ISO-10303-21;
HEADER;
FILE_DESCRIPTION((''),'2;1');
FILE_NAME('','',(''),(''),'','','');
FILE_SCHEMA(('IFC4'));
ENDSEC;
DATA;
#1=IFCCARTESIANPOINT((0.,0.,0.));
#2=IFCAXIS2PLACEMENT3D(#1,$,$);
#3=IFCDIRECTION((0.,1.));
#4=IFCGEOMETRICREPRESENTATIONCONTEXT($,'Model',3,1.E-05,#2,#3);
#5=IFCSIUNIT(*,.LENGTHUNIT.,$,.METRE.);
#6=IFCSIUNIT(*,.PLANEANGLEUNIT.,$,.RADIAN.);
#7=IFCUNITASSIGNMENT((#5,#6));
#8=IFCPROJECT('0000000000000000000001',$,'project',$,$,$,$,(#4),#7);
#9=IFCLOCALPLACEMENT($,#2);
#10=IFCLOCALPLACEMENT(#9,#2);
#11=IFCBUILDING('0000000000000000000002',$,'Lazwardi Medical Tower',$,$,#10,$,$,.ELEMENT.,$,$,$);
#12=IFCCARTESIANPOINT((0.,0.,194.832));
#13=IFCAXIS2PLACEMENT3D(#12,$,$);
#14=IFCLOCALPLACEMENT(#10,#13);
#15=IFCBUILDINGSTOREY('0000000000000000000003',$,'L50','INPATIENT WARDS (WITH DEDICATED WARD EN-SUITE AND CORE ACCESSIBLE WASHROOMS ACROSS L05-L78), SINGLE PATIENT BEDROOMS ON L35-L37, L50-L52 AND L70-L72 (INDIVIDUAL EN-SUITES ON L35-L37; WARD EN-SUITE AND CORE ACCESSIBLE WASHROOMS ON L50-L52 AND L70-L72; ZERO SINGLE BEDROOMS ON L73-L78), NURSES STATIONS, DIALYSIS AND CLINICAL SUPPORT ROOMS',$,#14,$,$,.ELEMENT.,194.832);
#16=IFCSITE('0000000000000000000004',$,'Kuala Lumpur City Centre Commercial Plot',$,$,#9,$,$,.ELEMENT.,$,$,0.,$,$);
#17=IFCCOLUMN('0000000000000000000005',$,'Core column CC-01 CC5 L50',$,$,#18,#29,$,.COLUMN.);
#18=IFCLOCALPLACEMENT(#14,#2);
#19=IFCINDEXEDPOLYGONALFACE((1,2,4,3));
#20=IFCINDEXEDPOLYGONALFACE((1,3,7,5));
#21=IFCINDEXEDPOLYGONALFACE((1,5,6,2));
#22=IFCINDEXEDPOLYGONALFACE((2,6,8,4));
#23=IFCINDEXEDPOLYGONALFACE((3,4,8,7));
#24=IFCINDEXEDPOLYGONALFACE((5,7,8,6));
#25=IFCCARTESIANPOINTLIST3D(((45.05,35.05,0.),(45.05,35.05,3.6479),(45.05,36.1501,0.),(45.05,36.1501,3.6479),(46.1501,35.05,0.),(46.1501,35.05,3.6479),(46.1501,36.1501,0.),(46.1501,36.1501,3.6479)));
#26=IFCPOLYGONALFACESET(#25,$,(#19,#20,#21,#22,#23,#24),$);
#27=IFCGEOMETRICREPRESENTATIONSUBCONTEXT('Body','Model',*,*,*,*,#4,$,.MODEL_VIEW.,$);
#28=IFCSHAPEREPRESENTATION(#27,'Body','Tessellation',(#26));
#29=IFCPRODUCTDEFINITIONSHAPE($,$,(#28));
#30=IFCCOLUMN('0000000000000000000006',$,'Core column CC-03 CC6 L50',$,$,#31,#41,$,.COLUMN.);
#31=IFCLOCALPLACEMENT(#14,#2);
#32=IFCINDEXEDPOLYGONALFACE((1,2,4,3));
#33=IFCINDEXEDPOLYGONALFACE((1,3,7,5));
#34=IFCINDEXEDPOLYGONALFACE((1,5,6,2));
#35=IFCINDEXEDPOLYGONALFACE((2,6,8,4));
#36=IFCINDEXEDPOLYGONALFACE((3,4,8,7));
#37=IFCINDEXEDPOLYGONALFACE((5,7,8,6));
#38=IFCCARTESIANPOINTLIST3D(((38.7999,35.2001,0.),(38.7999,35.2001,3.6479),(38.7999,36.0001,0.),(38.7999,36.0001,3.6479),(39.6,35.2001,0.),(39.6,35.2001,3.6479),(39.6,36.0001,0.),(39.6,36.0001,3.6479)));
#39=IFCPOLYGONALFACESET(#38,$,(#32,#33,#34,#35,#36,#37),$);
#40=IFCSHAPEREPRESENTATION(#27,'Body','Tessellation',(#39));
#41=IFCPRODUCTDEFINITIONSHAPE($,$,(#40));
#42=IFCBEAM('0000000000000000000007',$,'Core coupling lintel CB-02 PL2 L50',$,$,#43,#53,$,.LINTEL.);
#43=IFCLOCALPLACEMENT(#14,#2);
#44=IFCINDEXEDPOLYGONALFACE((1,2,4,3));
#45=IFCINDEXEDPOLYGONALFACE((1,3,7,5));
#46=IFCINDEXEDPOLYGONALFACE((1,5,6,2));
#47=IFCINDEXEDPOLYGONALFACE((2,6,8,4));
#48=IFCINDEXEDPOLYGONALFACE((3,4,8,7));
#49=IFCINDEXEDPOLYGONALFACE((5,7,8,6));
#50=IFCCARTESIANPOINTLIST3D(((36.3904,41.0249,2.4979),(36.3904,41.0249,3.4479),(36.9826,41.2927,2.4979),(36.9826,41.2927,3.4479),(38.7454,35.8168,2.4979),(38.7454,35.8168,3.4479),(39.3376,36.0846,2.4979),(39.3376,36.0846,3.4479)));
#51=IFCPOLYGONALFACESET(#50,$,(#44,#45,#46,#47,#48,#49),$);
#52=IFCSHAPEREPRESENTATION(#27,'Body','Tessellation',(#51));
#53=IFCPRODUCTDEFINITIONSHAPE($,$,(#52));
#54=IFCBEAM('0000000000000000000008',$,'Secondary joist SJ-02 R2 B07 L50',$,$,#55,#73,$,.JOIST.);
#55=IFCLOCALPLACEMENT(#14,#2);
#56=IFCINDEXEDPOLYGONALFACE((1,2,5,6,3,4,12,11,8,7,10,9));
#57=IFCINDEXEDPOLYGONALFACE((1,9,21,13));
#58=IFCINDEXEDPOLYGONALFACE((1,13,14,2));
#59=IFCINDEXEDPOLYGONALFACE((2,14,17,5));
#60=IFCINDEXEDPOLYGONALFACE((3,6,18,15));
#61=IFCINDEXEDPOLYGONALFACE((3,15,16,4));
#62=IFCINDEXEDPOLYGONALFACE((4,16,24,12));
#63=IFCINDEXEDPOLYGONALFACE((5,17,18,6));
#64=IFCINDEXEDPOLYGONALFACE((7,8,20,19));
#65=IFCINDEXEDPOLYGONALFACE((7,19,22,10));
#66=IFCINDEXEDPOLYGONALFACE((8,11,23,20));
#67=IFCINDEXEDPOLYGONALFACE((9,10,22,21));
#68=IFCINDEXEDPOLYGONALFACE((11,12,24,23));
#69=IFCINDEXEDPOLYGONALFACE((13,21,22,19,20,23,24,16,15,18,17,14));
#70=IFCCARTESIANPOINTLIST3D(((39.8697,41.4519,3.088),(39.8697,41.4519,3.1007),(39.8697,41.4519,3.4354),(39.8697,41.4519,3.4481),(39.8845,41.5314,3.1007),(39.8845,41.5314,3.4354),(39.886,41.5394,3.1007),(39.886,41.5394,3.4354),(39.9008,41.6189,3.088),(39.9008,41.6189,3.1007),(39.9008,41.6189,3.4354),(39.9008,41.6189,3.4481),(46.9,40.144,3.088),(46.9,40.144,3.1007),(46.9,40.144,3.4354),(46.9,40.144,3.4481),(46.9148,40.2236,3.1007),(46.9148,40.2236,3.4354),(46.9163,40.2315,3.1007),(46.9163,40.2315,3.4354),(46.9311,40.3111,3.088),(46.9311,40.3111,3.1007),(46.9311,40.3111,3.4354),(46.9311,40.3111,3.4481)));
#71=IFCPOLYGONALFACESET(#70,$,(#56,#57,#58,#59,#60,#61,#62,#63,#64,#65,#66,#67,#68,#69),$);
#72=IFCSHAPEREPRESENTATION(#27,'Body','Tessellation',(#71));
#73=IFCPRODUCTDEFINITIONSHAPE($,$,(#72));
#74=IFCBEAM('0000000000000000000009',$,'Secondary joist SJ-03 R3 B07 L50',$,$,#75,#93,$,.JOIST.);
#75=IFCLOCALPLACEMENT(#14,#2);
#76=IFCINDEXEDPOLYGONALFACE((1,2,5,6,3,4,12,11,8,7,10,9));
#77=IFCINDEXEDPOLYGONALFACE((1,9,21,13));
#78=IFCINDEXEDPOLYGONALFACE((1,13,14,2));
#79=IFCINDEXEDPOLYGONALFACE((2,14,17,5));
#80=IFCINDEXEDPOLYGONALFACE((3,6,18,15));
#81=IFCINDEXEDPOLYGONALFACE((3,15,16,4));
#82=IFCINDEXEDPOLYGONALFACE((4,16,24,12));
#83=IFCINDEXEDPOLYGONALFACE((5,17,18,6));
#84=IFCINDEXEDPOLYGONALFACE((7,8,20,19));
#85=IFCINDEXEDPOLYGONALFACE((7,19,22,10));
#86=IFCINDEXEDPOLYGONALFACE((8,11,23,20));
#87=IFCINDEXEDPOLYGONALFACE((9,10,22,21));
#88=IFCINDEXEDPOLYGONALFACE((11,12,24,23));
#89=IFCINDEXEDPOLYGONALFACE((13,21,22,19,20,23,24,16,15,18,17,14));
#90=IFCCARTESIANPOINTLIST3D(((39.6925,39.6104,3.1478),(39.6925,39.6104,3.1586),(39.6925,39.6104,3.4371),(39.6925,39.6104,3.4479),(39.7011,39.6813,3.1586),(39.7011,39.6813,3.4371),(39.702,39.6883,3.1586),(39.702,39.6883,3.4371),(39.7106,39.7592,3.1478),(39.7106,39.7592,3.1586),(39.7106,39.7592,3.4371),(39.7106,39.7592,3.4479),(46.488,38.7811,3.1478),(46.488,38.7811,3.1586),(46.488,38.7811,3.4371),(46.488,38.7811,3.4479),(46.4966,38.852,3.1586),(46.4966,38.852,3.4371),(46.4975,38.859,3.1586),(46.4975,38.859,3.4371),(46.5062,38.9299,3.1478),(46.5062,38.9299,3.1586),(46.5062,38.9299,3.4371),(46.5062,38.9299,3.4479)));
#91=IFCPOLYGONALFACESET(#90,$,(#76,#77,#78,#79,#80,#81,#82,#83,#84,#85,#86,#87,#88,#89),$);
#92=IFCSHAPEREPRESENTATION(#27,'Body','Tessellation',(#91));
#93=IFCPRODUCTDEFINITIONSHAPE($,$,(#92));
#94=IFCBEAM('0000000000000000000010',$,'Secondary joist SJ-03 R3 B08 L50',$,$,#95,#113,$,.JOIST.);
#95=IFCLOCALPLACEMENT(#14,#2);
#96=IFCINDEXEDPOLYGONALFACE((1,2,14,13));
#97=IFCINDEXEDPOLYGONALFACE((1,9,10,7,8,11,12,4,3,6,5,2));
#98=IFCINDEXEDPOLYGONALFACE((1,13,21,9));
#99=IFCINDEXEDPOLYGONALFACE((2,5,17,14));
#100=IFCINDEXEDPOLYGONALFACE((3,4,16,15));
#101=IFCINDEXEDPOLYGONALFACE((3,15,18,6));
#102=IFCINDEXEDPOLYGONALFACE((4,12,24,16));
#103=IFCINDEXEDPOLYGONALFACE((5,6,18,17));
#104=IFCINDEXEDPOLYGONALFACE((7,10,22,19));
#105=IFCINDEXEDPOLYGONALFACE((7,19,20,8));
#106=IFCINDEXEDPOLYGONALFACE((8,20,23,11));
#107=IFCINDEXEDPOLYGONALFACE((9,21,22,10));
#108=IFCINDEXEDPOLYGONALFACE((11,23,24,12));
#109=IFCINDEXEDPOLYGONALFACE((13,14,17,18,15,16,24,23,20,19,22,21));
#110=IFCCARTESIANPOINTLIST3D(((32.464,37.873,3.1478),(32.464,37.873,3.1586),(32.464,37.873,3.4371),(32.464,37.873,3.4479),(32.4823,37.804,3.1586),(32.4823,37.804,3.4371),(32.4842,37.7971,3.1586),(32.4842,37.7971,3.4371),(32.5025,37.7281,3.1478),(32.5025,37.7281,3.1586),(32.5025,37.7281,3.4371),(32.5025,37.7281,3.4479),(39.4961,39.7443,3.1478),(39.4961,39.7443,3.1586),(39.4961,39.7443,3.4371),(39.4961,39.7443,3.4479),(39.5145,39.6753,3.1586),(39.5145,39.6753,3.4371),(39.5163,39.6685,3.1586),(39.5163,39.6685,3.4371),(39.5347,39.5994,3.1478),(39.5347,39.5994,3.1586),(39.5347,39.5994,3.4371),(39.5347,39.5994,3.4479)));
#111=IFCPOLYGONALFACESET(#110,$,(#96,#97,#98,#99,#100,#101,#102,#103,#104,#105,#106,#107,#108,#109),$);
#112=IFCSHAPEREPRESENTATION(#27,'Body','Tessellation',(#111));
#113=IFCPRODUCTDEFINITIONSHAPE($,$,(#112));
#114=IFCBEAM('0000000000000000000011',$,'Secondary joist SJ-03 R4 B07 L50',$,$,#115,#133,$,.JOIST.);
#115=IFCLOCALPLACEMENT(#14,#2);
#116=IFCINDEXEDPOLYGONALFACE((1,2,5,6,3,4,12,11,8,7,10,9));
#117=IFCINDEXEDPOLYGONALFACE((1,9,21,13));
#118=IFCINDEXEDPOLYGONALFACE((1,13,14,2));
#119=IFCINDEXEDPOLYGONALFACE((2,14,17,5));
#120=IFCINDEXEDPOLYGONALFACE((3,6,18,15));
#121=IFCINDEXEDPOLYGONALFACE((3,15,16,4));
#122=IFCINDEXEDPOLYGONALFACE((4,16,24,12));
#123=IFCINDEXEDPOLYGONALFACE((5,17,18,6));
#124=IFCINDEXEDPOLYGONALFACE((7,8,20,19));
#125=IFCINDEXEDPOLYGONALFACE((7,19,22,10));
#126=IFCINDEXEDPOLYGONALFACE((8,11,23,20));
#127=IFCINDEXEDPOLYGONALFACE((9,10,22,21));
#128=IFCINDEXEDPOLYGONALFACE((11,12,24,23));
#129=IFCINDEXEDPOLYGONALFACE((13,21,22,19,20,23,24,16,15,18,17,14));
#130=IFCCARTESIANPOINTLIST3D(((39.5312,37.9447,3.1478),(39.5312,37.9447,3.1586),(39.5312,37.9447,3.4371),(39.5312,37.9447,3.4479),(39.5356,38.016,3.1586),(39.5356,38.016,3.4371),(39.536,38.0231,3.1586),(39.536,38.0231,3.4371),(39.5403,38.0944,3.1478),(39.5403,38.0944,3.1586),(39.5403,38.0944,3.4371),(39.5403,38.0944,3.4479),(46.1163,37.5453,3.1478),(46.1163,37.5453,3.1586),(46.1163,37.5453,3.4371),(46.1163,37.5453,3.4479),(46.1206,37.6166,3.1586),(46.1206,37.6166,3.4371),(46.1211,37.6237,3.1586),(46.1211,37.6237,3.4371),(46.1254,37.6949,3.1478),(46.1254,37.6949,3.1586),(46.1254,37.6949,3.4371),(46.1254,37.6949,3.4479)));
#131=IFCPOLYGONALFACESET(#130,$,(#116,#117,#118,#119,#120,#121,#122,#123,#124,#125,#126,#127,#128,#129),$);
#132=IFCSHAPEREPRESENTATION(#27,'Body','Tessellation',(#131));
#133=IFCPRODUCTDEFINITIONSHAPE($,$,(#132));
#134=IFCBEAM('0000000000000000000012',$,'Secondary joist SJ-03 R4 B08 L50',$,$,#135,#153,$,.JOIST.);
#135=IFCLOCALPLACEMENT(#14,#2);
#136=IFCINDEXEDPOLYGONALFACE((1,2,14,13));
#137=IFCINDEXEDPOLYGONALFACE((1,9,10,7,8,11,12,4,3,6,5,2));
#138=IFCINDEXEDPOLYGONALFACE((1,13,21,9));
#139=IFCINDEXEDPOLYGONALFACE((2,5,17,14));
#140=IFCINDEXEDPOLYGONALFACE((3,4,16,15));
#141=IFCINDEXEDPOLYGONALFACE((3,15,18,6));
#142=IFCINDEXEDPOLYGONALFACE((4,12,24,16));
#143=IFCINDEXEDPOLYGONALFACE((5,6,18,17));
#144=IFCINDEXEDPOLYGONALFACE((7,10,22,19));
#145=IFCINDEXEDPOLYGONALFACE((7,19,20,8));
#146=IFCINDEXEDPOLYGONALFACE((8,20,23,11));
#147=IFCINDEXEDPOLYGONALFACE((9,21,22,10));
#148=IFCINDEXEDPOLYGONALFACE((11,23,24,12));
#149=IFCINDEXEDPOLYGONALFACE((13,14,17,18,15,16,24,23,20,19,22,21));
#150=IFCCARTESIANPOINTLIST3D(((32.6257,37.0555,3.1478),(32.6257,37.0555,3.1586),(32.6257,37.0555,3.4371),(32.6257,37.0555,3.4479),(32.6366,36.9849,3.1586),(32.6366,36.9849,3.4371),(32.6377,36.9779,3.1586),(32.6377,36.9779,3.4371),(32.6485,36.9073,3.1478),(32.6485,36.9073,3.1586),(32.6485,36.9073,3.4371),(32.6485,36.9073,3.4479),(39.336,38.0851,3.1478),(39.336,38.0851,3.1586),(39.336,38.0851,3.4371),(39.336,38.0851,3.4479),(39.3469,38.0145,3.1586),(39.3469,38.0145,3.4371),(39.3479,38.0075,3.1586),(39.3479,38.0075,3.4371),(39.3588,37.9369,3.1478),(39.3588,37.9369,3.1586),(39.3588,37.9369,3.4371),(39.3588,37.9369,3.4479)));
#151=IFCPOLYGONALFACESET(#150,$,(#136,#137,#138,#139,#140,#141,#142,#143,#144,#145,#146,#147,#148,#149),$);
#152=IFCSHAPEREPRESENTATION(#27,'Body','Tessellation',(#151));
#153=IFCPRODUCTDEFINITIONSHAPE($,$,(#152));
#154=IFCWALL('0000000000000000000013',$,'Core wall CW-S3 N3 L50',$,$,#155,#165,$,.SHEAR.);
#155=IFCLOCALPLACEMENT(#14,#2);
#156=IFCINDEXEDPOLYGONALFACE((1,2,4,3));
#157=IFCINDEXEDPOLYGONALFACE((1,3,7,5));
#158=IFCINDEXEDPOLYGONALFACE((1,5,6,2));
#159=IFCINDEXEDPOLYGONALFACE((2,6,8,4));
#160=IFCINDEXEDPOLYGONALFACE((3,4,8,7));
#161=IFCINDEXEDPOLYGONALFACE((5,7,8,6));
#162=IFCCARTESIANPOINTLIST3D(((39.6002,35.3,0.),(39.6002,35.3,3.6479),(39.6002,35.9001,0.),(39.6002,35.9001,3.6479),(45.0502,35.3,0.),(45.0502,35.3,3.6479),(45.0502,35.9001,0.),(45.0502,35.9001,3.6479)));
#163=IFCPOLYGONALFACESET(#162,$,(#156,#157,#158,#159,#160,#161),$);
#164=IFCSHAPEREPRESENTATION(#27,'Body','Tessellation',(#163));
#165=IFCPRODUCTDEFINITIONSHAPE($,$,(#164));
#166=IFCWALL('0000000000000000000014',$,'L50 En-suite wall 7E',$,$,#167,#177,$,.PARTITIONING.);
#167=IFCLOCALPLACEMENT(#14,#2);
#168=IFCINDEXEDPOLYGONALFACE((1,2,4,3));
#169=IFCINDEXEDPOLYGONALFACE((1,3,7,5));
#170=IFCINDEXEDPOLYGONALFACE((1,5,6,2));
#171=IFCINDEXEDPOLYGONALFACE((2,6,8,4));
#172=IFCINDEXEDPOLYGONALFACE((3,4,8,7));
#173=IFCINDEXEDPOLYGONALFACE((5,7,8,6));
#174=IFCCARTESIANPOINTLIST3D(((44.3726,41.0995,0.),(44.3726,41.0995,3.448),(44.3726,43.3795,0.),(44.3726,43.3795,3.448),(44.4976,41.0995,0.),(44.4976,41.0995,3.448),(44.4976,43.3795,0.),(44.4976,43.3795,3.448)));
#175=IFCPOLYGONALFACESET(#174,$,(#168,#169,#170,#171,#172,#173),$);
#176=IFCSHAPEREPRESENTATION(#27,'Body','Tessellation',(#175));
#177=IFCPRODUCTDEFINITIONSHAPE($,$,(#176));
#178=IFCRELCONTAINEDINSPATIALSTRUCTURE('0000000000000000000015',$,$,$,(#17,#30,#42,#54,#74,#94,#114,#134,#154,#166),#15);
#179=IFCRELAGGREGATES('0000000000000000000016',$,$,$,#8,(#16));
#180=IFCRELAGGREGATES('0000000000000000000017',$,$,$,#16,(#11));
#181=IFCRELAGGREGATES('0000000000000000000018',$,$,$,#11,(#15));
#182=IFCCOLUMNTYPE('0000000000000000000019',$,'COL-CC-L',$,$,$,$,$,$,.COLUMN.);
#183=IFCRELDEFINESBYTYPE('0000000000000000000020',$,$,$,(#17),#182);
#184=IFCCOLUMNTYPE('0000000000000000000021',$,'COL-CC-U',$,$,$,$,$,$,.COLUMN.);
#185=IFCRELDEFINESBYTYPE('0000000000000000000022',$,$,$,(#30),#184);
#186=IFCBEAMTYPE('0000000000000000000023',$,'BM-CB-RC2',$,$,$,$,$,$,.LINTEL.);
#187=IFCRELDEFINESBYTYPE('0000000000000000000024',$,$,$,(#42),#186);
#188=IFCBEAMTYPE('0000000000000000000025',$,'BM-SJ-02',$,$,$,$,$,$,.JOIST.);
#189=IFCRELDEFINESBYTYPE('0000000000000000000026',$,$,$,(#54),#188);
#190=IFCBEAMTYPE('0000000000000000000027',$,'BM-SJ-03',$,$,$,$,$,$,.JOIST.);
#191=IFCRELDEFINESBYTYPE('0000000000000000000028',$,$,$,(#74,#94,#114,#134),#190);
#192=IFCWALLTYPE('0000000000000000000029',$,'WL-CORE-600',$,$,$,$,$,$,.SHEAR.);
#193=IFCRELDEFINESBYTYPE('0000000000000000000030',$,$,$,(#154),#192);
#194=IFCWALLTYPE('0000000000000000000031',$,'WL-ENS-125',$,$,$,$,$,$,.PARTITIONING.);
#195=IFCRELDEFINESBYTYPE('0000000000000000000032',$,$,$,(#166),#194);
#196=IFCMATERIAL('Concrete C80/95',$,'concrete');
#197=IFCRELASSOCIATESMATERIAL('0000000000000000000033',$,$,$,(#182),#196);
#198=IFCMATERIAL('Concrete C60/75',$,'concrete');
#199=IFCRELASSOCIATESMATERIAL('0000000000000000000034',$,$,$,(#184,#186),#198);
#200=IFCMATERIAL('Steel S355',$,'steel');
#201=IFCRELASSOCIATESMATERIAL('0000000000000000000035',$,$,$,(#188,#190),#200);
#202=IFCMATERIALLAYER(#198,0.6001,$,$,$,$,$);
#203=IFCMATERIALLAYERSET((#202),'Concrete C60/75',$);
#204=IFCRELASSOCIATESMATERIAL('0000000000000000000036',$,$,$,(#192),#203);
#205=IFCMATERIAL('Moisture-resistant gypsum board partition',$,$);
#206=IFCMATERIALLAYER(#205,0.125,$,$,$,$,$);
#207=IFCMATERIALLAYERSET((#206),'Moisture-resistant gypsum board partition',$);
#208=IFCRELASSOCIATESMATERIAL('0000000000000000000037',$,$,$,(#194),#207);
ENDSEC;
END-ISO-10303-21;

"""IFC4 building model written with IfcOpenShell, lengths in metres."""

from ifc_helpers import new_model, si_unit, direction, frame, frame_2d, origin, origin_2d, place, context, subcontext, project, spatial, rectangle, i_section, extrude, material, layer, layer_set, material_profile, profile_set, type_object, element, save


model = new_model("IFC4")

# Units and contexts
model_context = context("Model", 3, precision=1e-05, world=origin(), true_north=direction((0.0, 1.0)))
body_context = subcontext(model_context, "Body", "Model", "MODEL_VIEW")
ifc_project = project(units=[si_unit("LENGTHUNIT", "METRE"), si_unit("PLANEANGLEUNIT", "RADIAN")], contexts=[model_context])

# Site, building, storey
site_placement = place(None, origin())
site = spatial("IfcSite", under=ifc_project, at=site_placement, Name="Kuala Lumpur City Centre Commercial Plot", CompositionType="ELEMENT", RefElevation=0.0)
building_placement = place(site_placement, origin())
building = spatial("IfcBuilding", under=site, at=building_placement, Name="Lazwardi Medical Tower", CompositionType="ELEMENT")
storey_placement = place(building_placement, frame((0.0, 0.0, 194.832)))
storey = spatial("IfcBuildingStorey", under=building, at=storey_placement, Name="L50", Description="INPATIENT WARDS (WITH DEDICATED WARD EN-SUITE AND CORE ACCESSIBLE WASHROOMS ACROSS L05-L78), SINGLE PATIENT BEDROOMS ON L35-L37, L50-L52 AND L70-L72 (INDIVIDUAL EN-SUITES ON L35-L37; WARD EN-SUITE AND CORE ACCESSIBLE WASHROOMS ON L50-L52 AND L70-L72; ZERO SINGLE BEDROOMS ON L73-L78), NURSES STATIONS, DIALYSIS AND CLINICAL SUPPORT ROOMS", CompositionType="ELEMENT", Elevation=194.832)

# Columns
ifc_material_1 = material(Name="Concrete C80/95", Category="concrete")
ifc_material_profile_1 = material_profile(ifc_material_1, rectangle(XDim=1.1001, YDim=1.1001, at=origin_2d()), Name="RC 1100x1100")
ifc_profile_set_1 = profile_set([ifc_material_profile_1], Name="Concrete C80/95")
column_type_1 = type_object("IfcColumnType", Name="COL-CC-L", PredefinedType="COLUMN", material=ifc_profile_set_1)
column_1_placement = place(storey_placement, frame((45.6001, 35.6001, 0.0), z_axis=(0.0, 0.0, 1.0), x_axis=(1.0, 0.0, 0.0)))
element("IfcColumn", 1, at=column_1_placement, inside=storey, type_object=column_type_1, Name="Core column CC-01 CC5 L50", PredefinedType="COLUMN", context=body_context, shape_type="SweptSolid", body=[
    extrude(rectangle(XDim=1.1001, YDim=1.1001, at=origin_2d()), origin(), (0.0, 0.0, 1.0), 3.6479),
])
ifc_material_2 = material(Name="Concrete C60/75", Category="concrete")
ifc_material_profile_2 = material_profile(ifc_material_2, rectangle(XDim=0.8, YDim=0.8, at=origin_2d()), Name="RC 800x800")
ifc_profile_set_2 = profile_set([ifc_material_profile_2], Name="Concrete C60/75")
column_type_2 = type_object("IfcColumnType", Name="COL-CC-U", PredefinedType="COLUMN", material=ifc_profile_set_2)
column_2_placement = place(storey_placement, frame((39.2, 35.6001, 0.0), z_axis=(0.0, 0.0, 1.0), x_axis=(1.0, 0.0, 0.0)))
element("IfcColumn", 2, at=column_2_placement, inside=storey, type_object=column_type_2, Name="Core column CC-03 CC6 L50", PredefinedType="COLUMN", context=body_context, shape_type="SweptSolid", body=[
    extrude(rectangle(XDim=0.8, YDim=0.8, at=origin_2d()), origin(), (0.0, 0.0, 1.0), 3.6479),
])

# Beams
ifc_material_profile_3 = material_profile(ifc_material_2, rectangle(XDim=0.6499, YDim=0.95, at=origin_2d()), Name="RC 650x950")
ifc_profile_set_3 = profile_set([ifc_material_profile_3], Name="Concrete C60/75")
beam_type_1 = type_object("IfcBeamType", Name="BM-CB-RC2", PredefinedType="LINTEL", material=ifc_profile_set_3)
beam_1_placement = place(storey_placement, frame((39.0415, 35.9507, 2.9729), z_axis=(-0.412019, 0.911175, 0.0), x_axis=(-0.911175, -0.412019, 0.0)))
element("IfcBeam", 3, at=beam_1_placement, inside=storey, type_object=beam_type_1, Name="Core coupling lintel CB-02 PL2 L50", PredefinedType="LINTEL", context=body_context, shape_type="SweptSolid", body=[
    extrude(rectangle(XDim=0.6499, YDim=0.95, at=origin_2d()), origin(), (0.0, 0.0, 1.0), 5.7158),
])
ifc_material_3 = material(Name="Steel S355", Category="steel")
ifc_material_profile_4 = material_profile(ifc_material_3, i_section(OverallWidth=0.1699, OverallDepth=0.3601, WebThickness=0.0081, FlangeThickness=0.0127, at=origin_2d()), Name="IPE 360")
ifc_profile_set_4 = profile_set([ifc_material_profile_4], Name="Steel S355")
beam_type_2 = type_object("IfcBeamType", Name="BM-SJ-02", PredefinedType="JOIST", material=ifc_profile_set_4)
beam_2_placement = place(storey_placement, frame((46.9155, 40.2275, 3.2681), z_axis=(-0.983132, 0.182895, 0.0), x_axis=(-0.182895, -0.983132, 0.0)))
element("IfcBeam", 4, at=beam_2_placement, inside=storey, type_object=beam_type_2, Name="Secondary joist SJ-02 R2 B07 L50", PredefinedType="JOIST", context=body_context, shape_type="SweptSolid", body=[
    extrude(i_section(OverallWidth=0.1699, OverallDepth=0.3601, WebThickness=0.0081, FlangeThickness=0.0127, at=origin_2d()), origin(), (0.0, 0.0, 1.0), 7.1509),
])
ifc_material_profile_5 = material_profile(ifc_material_3, i_section(OverallWidth=0.1499, OverallDepth=0.3, WebThickness=0.0071, FlangeThickness=0.0107, at=origin_2d()), Name="IPE 300")
ifc_profile_set_5 = profile_set([ifc_material_profile_5], Name="Steel S355")
beam_type_3 = type_object("IfcBeamType", Name="BM-SJ-03", PredefinedType="JOIST", material=ifc_profile_set_5)
beam_3_placement = place(storey_placement, frame((46.4971, 38.8555, 3.2979), z_axis=(-0.992635, 0.121146, 0.0), x_axis=(-0.121146, -0.992635, 0.0)))
element("IfcBeam", 5, at=beam_3_placement, inside=storey, type_object=beam_type_3, Name="Secondary joist SJ-03 R3 B07 L50", PredefinedType="JOIST", context=body_context, shape_type="SweptSolid", body=[
    extrude(i_section(OverallWidth=0.1499, OverallDepth=0.3, WebThickness=0.0071, FlangeThickness=0.0107, at=origin_2d()), origin(), (0.0, 0.0, 1.0), 6.8459),
])
beam_4_placement = place(storey_placement, frame((39.5154, 39.6719, 3.2979), z_axis=(-0.966369, -0.257159, 0.0), x_axis=(0.257159, -0.966369, 0.0)))
element("IfcBeam", 6, at=beam_4_placement, inside=storey, type_object=beam_type_3, Name="Secondary joist SJ-03 R3 B08 L50", PredefinedType="JOIST", context=body_context, shape_type="SweptSolid", body=[
    extrude(i_section(OverallWidth=0.1499, OverallDepth=0.3, WebThickness=0.0071, FlangeThickness=0.0107, at=origin_2d()), origin(), (0.0, 0.0, 1.0), 7.2769),
])
beam_5_placement = place(storey_placement, frame((46.1208, 37.6201, 3.2979), z_axis=(-0.998166, 0.060544, 0.0), x_axis=(-0.060544, -0.998166, 0.0)))
element("IfcBeam", 7, at=beam_5_placement, inside=storey, type_object=beam_type_3, Name="Secondary joist SJ-03 R4 B07 L50", PredefinedType="JOIST", context=body_context, shape_type="SweptSolid", body=[
    extrude(i_section(OverallWidth=0.1499, OverallDepth=0.3, WebThickness=0.0071, FlangeThickness=0.0107, at=origin_2d()), origin(), (0.0, 0.0, 1.0), 6.5972),
])
beam_6_placement = place(storey_placement, frame((39.3474, 38.011, 3.2979), z_axis=(-0.988434, -0.151655, 0.0), x_axis=(0.151655, -0.988434, 0.0)))
element("IfcBeam", 8, at=beam_6_placement, inside=storey, type_object=beam_type_3, Name="Secondary joist SJ-03 R4 B08 L50", PredefinedType="JOIST", context=body_context, shape_type="SweptSolid", body=[
    extrude(i_section(OverallWidth=0.1499, OverallDepth=0.3, WebThickness=0.0071, FlangeThickness=0.0107, at=origin_2d()), origin(), (0.0, 0.0, 1.0), 6.7888),
])

# Walls
ifc_layer_1 = layer(ifc_material_2, 0.6001)
ifc_layer_set_1 = layer_set([ifc_layer_1], Name="Concrete C60/75")
wall_type_1 = type_object("IfcWallType", Name="WL-CORE-600", PredefinedType="SHEAR", material=ifc_layer_set_1)
wall_1_placement = place(storey_placement, frame((39.6001, 35.6001, 0.0), z_axis=(0.0, 0.0, 1.0), x_axis=(1.0, 0.0, 0.0)))
element("IfcWall", 9, at=wall_1_placement, inside=storey, type_object=wall_type_1, Name="Core wall CW-S3 N3 L50", PredefinedType="SHEAR", context=body_context, shape_type="SweptSolid", body=[
    extrude(rectangle(XDim=5.45, YDim=0.6001, at=frame_2d((2.7251, 0.0))), origin(), (0.0, 0.0, 1.0), 3.6479),
])
ifc_material_4 = material(Name="Moisture-resistant gypsum board partition")
ifc_layer_2 = layer(ifc_material_4, 0.125)
ifc_layer_set_2 = layer_set([ifc_layer_2], Name="Moisture-resistant gypsum board partition")
wall_type_2 = type_object("IfcWallType", Name="WL-ENS-125", PredefinedType="PARTITIONING", material=ifc_layer_set_2)
for number, where, z_axis, x_axis, name in (
    (10, (44.4351, 41.0994, 0.0), (0.0, 0.0, 1.0), (0.0, 1.0, 0.0), "L50 En-suite wall 7E"),
):
    element("IfcWall", number, at=place(storey_placement, frame(where, z_axis=z_axis, x_axis=x_axis)), inside=storey, type_object=wall_type_2, Name=name, PredefinedType="PARTITIONING", context=body_context, shape_type="SweptSolid", body=[
        extrude(rectangle(XDim=2.28, YDim=0.125, at=frame_2d((1.1401, 0.0))), origin(), (0.0, 0.0, 1.0), 3.448),
    ])

save(model, "model.ifc")
